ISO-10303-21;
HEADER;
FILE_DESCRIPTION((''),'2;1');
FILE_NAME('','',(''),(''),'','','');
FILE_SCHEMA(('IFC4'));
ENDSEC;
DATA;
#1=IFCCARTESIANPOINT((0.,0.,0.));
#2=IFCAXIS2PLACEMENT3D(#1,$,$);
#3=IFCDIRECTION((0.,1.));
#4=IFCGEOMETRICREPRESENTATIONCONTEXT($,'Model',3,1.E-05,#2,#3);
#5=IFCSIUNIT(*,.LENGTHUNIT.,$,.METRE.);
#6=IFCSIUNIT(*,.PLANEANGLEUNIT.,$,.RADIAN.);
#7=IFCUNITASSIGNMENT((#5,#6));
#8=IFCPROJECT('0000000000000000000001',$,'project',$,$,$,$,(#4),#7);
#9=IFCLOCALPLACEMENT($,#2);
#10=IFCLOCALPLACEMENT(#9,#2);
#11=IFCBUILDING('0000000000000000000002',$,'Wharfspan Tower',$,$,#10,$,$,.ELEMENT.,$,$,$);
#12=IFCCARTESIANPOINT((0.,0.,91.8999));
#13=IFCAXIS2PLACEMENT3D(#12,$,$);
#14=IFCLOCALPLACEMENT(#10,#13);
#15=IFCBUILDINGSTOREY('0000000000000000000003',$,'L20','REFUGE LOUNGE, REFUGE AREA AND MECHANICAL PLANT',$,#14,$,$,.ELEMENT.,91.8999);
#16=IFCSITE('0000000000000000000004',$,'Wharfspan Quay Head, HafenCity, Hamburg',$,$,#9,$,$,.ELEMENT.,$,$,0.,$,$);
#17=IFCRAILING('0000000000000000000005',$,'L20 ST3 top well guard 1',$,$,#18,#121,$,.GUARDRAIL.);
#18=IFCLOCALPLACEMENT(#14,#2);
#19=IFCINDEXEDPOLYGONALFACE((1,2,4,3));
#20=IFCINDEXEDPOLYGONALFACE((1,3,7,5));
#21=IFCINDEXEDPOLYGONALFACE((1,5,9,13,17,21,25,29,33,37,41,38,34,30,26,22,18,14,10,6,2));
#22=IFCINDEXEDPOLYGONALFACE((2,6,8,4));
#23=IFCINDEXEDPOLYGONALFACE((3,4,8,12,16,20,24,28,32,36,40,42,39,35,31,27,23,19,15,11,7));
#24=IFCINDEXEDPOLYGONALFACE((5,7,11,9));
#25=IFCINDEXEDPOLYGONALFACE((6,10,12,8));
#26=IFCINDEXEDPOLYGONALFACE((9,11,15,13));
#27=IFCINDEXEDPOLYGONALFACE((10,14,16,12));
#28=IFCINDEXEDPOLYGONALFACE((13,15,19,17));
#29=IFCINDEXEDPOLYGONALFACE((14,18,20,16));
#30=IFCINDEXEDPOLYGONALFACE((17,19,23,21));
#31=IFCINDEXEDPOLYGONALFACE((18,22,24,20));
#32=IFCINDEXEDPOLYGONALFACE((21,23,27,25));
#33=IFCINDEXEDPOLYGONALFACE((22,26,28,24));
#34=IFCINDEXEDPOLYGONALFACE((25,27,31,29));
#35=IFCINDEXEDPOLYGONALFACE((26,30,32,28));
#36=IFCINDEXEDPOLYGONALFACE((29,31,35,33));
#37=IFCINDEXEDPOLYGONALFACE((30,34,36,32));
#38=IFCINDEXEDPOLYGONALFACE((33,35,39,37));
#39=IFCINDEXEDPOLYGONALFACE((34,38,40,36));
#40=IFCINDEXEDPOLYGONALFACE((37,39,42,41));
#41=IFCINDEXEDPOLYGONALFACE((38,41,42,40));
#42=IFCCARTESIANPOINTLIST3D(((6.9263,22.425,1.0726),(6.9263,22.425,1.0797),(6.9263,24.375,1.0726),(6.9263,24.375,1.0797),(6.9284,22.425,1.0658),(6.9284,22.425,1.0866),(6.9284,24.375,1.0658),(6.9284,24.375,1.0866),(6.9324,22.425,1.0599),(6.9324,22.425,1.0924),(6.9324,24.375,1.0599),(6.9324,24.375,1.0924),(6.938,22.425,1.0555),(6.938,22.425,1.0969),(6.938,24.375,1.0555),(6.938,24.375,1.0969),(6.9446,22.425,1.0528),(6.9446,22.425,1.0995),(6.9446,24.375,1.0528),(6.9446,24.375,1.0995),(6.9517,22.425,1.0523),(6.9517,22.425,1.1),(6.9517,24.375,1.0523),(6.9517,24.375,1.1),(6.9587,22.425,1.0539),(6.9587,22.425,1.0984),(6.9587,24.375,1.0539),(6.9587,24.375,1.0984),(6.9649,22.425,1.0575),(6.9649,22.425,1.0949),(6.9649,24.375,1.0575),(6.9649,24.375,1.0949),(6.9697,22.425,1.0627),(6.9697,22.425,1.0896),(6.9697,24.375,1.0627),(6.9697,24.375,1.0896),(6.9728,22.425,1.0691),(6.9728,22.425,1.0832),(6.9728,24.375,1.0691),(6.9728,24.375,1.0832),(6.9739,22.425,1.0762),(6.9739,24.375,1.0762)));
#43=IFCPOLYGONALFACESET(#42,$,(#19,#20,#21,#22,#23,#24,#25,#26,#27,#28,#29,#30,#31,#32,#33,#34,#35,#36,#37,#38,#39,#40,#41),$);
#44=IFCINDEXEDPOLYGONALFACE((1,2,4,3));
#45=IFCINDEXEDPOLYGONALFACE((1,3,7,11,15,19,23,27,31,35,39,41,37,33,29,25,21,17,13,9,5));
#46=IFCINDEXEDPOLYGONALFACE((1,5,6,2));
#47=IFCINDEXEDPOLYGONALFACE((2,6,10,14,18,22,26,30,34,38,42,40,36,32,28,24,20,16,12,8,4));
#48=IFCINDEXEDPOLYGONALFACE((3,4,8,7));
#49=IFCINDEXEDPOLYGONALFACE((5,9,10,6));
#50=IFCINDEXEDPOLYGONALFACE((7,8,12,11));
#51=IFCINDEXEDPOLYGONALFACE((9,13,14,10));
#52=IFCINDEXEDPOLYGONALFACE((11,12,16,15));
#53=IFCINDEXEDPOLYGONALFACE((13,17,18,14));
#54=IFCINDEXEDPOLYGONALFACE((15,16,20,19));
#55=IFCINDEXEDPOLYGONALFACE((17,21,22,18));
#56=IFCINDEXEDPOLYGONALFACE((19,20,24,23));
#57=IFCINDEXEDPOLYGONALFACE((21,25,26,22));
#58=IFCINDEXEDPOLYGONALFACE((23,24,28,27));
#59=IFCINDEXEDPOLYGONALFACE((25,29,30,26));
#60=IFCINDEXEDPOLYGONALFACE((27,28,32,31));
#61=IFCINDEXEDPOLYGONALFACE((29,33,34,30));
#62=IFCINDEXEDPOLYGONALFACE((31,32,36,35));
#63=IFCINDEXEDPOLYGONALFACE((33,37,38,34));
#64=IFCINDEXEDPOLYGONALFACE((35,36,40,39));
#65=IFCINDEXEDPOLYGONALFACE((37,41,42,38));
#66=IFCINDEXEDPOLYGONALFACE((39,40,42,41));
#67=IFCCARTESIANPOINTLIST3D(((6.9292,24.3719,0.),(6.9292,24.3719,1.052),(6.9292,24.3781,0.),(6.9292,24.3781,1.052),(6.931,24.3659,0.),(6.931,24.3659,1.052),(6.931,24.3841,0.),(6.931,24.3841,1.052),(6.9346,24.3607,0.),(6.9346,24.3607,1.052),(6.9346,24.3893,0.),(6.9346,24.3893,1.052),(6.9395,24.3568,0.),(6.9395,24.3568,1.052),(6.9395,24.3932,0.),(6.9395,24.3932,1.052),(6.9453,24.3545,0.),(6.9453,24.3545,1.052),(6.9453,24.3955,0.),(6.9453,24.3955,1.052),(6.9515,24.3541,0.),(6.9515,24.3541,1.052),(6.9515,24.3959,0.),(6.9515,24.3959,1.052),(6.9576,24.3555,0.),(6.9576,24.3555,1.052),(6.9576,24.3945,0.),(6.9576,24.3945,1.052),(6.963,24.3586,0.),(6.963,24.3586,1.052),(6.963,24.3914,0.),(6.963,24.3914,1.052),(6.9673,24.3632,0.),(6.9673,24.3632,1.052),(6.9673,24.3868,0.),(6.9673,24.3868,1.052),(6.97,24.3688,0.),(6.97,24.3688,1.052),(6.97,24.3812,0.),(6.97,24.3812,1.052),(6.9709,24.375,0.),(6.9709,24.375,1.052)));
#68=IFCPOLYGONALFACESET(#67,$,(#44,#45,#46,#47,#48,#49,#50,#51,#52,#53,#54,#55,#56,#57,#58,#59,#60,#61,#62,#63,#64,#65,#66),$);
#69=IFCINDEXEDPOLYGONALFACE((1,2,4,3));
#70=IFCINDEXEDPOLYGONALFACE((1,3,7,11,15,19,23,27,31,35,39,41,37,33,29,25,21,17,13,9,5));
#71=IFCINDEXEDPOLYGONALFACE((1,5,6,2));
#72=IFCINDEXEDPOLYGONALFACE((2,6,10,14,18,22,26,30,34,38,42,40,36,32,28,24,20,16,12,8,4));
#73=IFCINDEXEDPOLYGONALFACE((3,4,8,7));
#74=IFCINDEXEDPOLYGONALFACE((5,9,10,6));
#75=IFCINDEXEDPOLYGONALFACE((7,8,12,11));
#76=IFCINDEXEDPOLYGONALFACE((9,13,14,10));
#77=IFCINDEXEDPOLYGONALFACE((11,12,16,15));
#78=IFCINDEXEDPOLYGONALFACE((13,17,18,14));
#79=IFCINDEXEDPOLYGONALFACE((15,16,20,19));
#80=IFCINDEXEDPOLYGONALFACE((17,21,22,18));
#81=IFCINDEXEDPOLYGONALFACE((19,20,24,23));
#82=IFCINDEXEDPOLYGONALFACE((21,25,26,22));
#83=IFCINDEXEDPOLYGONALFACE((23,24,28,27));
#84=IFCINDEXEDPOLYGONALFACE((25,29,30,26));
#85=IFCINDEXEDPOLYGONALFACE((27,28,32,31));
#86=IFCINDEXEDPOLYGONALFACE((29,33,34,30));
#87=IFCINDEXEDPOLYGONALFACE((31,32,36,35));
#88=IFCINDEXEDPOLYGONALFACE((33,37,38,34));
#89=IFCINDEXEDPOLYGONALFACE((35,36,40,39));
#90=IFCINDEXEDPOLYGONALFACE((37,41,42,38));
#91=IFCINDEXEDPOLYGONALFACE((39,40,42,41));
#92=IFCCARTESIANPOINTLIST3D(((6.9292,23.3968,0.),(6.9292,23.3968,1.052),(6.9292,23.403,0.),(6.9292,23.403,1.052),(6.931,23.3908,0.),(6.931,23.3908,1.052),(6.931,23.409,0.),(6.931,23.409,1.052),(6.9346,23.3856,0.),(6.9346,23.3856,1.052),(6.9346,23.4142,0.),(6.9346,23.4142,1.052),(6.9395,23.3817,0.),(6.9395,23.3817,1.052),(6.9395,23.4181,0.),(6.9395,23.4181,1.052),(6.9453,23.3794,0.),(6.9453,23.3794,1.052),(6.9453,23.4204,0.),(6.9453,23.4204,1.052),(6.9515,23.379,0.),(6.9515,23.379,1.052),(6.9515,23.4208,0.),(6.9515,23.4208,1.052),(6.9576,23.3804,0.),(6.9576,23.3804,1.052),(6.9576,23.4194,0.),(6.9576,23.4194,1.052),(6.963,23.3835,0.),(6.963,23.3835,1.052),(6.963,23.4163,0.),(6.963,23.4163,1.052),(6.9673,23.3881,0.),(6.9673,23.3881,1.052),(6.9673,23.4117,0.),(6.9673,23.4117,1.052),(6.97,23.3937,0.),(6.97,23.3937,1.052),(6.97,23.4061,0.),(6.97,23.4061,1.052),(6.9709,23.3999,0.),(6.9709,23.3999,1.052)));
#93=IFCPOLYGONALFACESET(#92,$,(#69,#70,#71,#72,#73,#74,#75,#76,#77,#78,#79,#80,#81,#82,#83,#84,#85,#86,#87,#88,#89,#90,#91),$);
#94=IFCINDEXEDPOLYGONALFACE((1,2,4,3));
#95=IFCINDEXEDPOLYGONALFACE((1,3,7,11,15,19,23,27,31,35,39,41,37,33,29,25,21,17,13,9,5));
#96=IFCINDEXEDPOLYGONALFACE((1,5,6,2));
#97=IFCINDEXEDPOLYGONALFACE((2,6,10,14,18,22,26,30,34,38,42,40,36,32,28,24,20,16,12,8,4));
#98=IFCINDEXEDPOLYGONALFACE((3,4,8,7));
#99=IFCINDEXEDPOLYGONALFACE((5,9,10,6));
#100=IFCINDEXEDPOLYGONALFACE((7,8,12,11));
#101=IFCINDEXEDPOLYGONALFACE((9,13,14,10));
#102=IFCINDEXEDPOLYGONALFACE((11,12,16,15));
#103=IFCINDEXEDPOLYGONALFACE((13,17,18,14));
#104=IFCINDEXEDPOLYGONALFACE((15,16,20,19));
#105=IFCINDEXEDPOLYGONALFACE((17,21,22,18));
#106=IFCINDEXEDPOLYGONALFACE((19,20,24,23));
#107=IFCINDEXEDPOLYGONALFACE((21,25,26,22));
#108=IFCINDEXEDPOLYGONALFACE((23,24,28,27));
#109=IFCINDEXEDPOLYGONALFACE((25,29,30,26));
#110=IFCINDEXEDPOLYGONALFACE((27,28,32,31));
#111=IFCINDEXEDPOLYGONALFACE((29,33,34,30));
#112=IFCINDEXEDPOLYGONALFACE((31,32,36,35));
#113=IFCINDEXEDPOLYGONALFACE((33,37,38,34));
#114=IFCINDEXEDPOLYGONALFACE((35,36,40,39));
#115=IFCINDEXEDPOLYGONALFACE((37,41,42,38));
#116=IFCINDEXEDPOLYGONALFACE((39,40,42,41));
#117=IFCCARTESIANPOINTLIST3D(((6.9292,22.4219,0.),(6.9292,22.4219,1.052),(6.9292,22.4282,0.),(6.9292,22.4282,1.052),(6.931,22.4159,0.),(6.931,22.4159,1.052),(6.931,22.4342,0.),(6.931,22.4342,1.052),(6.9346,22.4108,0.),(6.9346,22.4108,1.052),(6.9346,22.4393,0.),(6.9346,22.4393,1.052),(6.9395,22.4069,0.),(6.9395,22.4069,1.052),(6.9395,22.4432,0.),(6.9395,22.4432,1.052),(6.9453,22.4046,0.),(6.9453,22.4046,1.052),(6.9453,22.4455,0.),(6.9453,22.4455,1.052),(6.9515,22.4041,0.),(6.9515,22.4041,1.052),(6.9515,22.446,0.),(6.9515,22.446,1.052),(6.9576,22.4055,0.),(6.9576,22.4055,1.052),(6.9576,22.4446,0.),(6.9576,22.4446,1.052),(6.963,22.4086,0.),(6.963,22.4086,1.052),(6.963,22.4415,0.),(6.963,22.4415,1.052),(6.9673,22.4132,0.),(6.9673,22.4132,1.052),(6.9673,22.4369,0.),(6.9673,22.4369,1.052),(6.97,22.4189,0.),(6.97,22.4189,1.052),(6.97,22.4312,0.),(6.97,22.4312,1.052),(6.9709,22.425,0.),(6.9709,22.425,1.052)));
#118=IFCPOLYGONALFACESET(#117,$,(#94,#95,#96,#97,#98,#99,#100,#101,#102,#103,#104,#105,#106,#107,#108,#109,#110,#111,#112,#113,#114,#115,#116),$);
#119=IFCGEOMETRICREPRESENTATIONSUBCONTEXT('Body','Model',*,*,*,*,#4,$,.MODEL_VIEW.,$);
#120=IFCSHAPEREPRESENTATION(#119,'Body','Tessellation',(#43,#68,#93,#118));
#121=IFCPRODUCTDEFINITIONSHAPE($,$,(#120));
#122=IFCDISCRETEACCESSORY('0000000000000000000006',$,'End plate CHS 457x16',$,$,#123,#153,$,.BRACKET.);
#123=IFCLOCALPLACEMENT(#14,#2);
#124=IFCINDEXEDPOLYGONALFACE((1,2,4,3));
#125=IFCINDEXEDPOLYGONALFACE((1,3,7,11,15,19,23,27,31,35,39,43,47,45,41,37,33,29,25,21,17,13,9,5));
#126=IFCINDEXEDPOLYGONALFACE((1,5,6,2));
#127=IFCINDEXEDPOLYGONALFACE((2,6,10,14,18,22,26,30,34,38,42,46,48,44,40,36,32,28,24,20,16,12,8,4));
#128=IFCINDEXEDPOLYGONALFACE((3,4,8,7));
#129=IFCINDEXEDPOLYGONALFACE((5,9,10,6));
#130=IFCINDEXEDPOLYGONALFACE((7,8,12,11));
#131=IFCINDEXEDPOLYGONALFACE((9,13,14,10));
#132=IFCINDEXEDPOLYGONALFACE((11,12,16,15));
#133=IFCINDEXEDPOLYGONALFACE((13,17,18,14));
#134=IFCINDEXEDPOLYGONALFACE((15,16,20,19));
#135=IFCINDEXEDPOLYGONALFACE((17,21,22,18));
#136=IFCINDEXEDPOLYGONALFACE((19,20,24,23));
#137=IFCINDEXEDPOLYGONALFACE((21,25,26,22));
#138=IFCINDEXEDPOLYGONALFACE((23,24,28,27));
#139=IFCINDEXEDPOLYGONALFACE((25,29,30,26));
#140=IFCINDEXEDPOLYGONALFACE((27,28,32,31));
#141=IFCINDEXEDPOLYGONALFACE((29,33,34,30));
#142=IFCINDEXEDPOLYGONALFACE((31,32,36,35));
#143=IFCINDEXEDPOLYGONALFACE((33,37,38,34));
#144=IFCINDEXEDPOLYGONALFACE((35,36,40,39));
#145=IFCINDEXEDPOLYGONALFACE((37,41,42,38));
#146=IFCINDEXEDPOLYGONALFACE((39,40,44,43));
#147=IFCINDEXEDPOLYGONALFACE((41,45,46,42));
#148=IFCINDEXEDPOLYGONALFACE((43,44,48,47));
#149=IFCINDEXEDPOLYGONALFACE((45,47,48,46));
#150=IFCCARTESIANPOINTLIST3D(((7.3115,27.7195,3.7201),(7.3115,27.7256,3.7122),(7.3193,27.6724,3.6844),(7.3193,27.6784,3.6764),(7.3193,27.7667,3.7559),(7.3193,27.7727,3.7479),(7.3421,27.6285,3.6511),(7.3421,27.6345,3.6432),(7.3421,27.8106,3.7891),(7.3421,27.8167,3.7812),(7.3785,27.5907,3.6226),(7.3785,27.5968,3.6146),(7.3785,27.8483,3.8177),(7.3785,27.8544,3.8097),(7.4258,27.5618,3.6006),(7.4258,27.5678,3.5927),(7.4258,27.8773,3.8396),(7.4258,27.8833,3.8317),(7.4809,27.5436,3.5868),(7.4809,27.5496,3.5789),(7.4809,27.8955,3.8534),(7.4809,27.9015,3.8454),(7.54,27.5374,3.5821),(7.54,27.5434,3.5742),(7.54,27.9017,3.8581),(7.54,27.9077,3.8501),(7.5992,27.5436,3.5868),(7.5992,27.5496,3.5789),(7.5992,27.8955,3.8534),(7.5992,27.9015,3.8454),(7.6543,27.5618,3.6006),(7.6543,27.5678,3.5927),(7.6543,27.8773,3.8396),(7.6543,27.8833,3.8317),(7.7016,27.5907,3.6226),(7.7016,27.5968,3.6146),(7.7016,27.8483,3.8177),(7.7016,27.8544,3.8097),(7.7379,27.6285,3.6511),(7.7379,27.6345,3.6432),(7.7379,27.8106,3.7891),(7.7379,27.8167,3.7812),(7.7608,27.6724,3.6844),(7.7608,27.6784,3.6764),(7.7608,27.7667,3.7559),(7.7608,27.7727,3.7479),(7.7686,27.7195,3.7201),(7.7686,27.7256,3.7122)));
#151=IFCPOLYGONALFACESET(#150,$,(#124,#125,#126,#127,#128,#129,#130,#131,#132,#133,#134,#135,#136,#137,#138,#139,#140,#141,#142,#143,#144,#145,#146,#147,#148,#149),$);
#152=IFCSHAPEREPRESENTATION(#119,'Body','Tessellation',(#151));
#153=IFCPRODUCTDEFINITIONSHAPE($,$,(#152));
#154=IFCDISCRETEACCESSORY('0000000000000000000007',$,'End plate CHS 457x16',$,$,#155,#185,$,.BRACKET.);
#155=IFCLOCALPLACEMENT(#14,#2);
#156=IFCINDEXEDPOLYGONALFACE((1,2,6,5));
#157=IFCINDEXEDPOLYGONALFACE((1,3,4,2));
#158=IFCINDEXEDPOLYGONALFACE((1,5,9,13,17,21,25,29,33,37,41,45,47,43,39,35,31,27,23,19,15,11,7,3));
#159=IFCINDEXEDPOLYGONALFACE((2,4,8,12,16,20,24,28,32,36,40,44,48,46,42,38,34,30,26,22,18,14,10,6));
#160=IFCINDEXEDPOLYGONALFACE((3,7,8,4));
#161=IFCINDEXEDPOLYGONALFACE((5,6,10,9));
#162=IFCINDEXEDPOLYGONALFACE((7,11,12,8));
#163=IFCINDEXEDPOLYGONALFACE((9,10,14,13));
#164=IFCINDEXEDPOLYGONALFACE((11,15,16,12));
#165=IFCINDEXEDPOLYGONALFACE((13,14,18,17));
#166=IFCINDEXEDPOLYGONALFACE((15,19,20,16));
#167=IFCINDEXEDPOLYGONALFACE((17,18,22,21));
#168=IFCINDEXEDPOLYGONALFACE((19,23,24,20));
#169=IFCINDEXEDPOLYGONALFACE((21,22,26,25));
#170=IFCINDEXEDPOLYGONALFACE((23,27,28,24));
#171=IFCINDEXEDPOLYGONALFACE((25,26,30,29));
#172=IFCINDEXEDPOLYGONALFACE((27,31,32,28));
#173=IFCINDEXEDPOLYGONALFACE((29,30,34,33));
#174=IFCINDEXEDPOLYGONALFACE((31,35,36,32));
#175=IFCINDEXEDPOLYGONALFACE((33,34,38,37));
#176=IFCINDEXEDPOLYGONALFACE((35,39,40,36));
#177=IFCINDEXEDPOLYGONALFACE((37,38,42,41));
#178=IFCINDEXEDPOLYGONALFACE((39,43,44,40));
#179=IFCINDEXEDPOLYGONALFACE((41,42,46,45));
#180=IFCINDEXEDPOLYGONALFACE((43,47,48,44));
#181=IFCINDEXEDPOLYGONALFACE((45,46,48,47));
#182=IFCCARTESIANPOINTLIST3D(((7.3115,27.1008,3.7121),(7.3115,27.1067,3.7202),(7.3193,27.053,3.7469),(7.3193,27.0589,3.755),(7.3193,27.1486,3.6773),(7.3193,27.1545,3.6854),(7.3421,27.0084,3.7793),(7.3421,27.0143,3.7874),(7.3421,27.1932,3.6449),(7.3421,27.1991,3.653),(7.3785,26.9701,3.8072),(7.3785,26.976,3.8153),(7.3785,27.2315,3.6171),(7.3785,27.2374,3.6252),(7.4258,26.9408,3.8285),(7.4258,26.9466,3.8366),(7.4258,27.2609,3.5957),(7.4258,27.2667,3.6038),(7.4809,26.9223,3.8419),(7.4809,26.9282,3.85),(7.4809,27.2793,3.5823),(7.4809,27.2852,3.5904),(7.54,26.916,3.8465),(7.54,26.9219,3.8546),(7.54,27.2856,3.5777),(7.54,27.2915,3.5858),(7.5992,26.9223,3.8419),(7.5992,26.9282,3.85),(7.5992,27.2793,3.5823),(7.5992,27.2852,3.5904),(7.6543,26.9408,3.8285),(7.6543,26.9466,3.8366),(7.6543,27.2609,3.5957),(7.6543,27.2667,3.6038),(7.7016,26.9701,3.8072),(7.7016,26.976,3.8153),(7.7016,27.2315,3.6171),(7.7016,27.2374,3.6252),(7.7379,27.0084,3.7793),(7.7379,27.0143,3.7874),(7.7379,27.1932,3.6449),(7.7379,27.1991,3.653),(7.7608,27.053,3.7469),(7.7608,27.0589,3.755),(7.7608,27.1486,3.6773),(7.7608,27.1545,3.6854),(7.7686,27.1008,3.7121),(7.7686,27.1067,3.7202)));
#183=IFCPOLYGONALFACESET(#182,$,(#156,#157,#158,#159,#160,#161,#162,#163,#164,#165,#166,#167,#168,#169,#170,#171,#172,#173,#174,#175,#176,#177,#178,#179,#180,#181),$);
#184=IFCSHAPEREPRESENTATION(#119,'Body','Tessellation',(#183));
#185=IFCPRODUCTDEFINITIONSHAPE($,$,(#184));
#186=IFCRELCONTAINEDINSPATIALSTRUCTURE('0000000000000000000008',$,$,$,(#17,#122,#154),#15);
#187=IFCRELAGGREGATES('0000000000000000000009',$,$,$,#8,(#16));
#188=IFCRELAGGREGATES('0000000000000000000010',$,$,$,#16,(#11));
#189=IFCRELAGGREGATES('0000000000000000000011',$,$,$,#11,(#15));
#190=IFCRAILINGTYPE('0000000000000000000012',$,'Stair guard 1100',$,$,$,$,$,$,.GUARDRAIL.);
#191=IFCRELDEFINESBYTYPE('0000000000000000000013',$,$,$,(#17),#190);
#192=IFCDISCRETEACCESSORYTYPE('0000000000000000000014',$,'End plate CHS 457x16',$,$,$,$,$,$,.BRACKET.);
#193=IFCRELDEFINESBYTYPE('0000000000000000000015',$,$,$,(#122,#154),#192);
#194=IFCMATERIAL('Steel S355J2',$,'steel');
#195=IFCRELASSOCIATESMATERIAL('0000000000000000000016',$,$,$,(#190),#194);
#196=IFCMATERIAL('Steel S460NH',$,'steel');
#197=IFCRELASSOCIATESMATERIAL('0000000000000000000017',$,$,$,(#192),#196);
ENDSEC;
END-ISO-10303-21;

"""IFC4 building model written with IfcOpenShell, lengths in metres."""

from ifc_helpers import new_model, si_unit, direction, frame, origin, origin_2d, place, context, subcontext, project, spatial, circle, extrude, material, material_profile, profile_set, type_object, element, save


model = new_model("IFC4")

# Units and contexts
model_context = context("Model", 3, precision=1e-05, world=origin(), true_north=direction((0.0, 1.0)))
body_context = subcontext(model_context, "Body", "Model", "MODEL_VIEW")
ifc_project = project(units=[si_unit("LENGTHUNIT", "METRE"), si_unit("PLANEANGLEUNIT", "RADIAN")], contexts=[model_context])

# Site, building, storey
site_placement = place(None, origin())
site = spatial("IfcSite", under=ifc_project, at=site_placement, Name="Wharfspan Quay Head, HafenCity, Hamburg", CompositionType="ELEMENT", RefElevation=0.0)
building_placement = place(site_placement, origin())
building = spatial("IfcBuilding", under=site, at=building_placement, Name="Wharfspan Tower", CompositionType="ELEMENT")
storey_placement = place(building_placement, frame((0.0, 0.0, 91.8999)))
storey = spatial("IfcBuildingStorey", under=building, at=storey_placement, Name="L20", Description="REFUGE LOUNGE, REFUGE AREA AND MECHANICAL PLANT", CompositionType="ELEMENT", Elevation=91.8999)

# Shared definitions
ifc_material_1 = material(Name="Steel S355J2", Category="steel")

# Shared definitions
ifc_material_2 = material(Name="Steel S460NH", Category="steel")

# Railing
railing_type = type_object("IfcRailingType", Name="Stair guard 1100", PredefinedType="GUARDRAIL", material=ifc_material_1)
railing_placement = place(storey_placement, frame((6.95, 24.375, 0.0)))
element("IfcRailing", 1, at=railing_placement, inside=storey, type_object=railing_type, Name="L20 ST3 top well guard 1", PredefinedType="GUARDRAIL", context=body_context, shape_type="SweptSolid", body=[
    extrude(circle(Radius=0.0239, at=origin_2d()), frame((0.0, 0.0, 1.0762), z_axis=(0.0, -1.0, 0.0), x_axis=(1.0, 0.0, 0.0)), (0.0, 0.0, 1.0), 1.95),
    extrude(circle(Radius=0.021, at=origin_2d()), origin(), (0.0, 0.0, 1.0), 1.052),
    extrude(circle(Radius=0.021, at=origin_2d()), frame((0.0, -0.9751, 0.0)), (0.0, 0.0, 1.0), 1.052),
    extrude(circle(Radius=0.021, at=origin_2d()), frame((0.0, -1.95, 0.0)), (0.0, 0.0, 1.0), 1.052),
])

# Discrete accessories
ifc_material_profile_1 = material_profile(ifc_material_2, circle(Radius=0.2285, at=origin_2d()))
ifc_profile_set_1 = profile_set([ifc_material_profile_1], Name="Steel S460NH")
discrete_accessory_type_1 = type_object("IfcDiscreteAccessoryType", Name="End plate CHS 457x16", PredefinedType="BRACKET", material=ifc_profile_set_1)
for number, where, z_axis, x_axis, name in (
    (2, (7.54, 27.7256, 3.7122), (0.0, -0.603858, 0.797092), (1.0, 0.0, 0.0), "End plate CHS 457x16"),
    (3, (7.54, 27.1067, 3.7202), (0.0, -0.588172, -0.808736), (1.0, 0.0, 0.0), "End plate CHS 457x16"),
):
    element("IfcDiscreteAccessory", number, at=place(storey_placement, frame(where, z_axis=z_axis, x_axis=x_axis)), inside=storey, type_object=discrete_accessory_type_1, Name=name, PredefinedType="BRACKET", context=body_context, shape_type="SweptSolid", body=[
        extrude(circle(Radius=0.2285, at=origin_2d()), origin(), (0.0, 0.0, 1.0), 0.01),
    ])

save(model, "model.ifc")
